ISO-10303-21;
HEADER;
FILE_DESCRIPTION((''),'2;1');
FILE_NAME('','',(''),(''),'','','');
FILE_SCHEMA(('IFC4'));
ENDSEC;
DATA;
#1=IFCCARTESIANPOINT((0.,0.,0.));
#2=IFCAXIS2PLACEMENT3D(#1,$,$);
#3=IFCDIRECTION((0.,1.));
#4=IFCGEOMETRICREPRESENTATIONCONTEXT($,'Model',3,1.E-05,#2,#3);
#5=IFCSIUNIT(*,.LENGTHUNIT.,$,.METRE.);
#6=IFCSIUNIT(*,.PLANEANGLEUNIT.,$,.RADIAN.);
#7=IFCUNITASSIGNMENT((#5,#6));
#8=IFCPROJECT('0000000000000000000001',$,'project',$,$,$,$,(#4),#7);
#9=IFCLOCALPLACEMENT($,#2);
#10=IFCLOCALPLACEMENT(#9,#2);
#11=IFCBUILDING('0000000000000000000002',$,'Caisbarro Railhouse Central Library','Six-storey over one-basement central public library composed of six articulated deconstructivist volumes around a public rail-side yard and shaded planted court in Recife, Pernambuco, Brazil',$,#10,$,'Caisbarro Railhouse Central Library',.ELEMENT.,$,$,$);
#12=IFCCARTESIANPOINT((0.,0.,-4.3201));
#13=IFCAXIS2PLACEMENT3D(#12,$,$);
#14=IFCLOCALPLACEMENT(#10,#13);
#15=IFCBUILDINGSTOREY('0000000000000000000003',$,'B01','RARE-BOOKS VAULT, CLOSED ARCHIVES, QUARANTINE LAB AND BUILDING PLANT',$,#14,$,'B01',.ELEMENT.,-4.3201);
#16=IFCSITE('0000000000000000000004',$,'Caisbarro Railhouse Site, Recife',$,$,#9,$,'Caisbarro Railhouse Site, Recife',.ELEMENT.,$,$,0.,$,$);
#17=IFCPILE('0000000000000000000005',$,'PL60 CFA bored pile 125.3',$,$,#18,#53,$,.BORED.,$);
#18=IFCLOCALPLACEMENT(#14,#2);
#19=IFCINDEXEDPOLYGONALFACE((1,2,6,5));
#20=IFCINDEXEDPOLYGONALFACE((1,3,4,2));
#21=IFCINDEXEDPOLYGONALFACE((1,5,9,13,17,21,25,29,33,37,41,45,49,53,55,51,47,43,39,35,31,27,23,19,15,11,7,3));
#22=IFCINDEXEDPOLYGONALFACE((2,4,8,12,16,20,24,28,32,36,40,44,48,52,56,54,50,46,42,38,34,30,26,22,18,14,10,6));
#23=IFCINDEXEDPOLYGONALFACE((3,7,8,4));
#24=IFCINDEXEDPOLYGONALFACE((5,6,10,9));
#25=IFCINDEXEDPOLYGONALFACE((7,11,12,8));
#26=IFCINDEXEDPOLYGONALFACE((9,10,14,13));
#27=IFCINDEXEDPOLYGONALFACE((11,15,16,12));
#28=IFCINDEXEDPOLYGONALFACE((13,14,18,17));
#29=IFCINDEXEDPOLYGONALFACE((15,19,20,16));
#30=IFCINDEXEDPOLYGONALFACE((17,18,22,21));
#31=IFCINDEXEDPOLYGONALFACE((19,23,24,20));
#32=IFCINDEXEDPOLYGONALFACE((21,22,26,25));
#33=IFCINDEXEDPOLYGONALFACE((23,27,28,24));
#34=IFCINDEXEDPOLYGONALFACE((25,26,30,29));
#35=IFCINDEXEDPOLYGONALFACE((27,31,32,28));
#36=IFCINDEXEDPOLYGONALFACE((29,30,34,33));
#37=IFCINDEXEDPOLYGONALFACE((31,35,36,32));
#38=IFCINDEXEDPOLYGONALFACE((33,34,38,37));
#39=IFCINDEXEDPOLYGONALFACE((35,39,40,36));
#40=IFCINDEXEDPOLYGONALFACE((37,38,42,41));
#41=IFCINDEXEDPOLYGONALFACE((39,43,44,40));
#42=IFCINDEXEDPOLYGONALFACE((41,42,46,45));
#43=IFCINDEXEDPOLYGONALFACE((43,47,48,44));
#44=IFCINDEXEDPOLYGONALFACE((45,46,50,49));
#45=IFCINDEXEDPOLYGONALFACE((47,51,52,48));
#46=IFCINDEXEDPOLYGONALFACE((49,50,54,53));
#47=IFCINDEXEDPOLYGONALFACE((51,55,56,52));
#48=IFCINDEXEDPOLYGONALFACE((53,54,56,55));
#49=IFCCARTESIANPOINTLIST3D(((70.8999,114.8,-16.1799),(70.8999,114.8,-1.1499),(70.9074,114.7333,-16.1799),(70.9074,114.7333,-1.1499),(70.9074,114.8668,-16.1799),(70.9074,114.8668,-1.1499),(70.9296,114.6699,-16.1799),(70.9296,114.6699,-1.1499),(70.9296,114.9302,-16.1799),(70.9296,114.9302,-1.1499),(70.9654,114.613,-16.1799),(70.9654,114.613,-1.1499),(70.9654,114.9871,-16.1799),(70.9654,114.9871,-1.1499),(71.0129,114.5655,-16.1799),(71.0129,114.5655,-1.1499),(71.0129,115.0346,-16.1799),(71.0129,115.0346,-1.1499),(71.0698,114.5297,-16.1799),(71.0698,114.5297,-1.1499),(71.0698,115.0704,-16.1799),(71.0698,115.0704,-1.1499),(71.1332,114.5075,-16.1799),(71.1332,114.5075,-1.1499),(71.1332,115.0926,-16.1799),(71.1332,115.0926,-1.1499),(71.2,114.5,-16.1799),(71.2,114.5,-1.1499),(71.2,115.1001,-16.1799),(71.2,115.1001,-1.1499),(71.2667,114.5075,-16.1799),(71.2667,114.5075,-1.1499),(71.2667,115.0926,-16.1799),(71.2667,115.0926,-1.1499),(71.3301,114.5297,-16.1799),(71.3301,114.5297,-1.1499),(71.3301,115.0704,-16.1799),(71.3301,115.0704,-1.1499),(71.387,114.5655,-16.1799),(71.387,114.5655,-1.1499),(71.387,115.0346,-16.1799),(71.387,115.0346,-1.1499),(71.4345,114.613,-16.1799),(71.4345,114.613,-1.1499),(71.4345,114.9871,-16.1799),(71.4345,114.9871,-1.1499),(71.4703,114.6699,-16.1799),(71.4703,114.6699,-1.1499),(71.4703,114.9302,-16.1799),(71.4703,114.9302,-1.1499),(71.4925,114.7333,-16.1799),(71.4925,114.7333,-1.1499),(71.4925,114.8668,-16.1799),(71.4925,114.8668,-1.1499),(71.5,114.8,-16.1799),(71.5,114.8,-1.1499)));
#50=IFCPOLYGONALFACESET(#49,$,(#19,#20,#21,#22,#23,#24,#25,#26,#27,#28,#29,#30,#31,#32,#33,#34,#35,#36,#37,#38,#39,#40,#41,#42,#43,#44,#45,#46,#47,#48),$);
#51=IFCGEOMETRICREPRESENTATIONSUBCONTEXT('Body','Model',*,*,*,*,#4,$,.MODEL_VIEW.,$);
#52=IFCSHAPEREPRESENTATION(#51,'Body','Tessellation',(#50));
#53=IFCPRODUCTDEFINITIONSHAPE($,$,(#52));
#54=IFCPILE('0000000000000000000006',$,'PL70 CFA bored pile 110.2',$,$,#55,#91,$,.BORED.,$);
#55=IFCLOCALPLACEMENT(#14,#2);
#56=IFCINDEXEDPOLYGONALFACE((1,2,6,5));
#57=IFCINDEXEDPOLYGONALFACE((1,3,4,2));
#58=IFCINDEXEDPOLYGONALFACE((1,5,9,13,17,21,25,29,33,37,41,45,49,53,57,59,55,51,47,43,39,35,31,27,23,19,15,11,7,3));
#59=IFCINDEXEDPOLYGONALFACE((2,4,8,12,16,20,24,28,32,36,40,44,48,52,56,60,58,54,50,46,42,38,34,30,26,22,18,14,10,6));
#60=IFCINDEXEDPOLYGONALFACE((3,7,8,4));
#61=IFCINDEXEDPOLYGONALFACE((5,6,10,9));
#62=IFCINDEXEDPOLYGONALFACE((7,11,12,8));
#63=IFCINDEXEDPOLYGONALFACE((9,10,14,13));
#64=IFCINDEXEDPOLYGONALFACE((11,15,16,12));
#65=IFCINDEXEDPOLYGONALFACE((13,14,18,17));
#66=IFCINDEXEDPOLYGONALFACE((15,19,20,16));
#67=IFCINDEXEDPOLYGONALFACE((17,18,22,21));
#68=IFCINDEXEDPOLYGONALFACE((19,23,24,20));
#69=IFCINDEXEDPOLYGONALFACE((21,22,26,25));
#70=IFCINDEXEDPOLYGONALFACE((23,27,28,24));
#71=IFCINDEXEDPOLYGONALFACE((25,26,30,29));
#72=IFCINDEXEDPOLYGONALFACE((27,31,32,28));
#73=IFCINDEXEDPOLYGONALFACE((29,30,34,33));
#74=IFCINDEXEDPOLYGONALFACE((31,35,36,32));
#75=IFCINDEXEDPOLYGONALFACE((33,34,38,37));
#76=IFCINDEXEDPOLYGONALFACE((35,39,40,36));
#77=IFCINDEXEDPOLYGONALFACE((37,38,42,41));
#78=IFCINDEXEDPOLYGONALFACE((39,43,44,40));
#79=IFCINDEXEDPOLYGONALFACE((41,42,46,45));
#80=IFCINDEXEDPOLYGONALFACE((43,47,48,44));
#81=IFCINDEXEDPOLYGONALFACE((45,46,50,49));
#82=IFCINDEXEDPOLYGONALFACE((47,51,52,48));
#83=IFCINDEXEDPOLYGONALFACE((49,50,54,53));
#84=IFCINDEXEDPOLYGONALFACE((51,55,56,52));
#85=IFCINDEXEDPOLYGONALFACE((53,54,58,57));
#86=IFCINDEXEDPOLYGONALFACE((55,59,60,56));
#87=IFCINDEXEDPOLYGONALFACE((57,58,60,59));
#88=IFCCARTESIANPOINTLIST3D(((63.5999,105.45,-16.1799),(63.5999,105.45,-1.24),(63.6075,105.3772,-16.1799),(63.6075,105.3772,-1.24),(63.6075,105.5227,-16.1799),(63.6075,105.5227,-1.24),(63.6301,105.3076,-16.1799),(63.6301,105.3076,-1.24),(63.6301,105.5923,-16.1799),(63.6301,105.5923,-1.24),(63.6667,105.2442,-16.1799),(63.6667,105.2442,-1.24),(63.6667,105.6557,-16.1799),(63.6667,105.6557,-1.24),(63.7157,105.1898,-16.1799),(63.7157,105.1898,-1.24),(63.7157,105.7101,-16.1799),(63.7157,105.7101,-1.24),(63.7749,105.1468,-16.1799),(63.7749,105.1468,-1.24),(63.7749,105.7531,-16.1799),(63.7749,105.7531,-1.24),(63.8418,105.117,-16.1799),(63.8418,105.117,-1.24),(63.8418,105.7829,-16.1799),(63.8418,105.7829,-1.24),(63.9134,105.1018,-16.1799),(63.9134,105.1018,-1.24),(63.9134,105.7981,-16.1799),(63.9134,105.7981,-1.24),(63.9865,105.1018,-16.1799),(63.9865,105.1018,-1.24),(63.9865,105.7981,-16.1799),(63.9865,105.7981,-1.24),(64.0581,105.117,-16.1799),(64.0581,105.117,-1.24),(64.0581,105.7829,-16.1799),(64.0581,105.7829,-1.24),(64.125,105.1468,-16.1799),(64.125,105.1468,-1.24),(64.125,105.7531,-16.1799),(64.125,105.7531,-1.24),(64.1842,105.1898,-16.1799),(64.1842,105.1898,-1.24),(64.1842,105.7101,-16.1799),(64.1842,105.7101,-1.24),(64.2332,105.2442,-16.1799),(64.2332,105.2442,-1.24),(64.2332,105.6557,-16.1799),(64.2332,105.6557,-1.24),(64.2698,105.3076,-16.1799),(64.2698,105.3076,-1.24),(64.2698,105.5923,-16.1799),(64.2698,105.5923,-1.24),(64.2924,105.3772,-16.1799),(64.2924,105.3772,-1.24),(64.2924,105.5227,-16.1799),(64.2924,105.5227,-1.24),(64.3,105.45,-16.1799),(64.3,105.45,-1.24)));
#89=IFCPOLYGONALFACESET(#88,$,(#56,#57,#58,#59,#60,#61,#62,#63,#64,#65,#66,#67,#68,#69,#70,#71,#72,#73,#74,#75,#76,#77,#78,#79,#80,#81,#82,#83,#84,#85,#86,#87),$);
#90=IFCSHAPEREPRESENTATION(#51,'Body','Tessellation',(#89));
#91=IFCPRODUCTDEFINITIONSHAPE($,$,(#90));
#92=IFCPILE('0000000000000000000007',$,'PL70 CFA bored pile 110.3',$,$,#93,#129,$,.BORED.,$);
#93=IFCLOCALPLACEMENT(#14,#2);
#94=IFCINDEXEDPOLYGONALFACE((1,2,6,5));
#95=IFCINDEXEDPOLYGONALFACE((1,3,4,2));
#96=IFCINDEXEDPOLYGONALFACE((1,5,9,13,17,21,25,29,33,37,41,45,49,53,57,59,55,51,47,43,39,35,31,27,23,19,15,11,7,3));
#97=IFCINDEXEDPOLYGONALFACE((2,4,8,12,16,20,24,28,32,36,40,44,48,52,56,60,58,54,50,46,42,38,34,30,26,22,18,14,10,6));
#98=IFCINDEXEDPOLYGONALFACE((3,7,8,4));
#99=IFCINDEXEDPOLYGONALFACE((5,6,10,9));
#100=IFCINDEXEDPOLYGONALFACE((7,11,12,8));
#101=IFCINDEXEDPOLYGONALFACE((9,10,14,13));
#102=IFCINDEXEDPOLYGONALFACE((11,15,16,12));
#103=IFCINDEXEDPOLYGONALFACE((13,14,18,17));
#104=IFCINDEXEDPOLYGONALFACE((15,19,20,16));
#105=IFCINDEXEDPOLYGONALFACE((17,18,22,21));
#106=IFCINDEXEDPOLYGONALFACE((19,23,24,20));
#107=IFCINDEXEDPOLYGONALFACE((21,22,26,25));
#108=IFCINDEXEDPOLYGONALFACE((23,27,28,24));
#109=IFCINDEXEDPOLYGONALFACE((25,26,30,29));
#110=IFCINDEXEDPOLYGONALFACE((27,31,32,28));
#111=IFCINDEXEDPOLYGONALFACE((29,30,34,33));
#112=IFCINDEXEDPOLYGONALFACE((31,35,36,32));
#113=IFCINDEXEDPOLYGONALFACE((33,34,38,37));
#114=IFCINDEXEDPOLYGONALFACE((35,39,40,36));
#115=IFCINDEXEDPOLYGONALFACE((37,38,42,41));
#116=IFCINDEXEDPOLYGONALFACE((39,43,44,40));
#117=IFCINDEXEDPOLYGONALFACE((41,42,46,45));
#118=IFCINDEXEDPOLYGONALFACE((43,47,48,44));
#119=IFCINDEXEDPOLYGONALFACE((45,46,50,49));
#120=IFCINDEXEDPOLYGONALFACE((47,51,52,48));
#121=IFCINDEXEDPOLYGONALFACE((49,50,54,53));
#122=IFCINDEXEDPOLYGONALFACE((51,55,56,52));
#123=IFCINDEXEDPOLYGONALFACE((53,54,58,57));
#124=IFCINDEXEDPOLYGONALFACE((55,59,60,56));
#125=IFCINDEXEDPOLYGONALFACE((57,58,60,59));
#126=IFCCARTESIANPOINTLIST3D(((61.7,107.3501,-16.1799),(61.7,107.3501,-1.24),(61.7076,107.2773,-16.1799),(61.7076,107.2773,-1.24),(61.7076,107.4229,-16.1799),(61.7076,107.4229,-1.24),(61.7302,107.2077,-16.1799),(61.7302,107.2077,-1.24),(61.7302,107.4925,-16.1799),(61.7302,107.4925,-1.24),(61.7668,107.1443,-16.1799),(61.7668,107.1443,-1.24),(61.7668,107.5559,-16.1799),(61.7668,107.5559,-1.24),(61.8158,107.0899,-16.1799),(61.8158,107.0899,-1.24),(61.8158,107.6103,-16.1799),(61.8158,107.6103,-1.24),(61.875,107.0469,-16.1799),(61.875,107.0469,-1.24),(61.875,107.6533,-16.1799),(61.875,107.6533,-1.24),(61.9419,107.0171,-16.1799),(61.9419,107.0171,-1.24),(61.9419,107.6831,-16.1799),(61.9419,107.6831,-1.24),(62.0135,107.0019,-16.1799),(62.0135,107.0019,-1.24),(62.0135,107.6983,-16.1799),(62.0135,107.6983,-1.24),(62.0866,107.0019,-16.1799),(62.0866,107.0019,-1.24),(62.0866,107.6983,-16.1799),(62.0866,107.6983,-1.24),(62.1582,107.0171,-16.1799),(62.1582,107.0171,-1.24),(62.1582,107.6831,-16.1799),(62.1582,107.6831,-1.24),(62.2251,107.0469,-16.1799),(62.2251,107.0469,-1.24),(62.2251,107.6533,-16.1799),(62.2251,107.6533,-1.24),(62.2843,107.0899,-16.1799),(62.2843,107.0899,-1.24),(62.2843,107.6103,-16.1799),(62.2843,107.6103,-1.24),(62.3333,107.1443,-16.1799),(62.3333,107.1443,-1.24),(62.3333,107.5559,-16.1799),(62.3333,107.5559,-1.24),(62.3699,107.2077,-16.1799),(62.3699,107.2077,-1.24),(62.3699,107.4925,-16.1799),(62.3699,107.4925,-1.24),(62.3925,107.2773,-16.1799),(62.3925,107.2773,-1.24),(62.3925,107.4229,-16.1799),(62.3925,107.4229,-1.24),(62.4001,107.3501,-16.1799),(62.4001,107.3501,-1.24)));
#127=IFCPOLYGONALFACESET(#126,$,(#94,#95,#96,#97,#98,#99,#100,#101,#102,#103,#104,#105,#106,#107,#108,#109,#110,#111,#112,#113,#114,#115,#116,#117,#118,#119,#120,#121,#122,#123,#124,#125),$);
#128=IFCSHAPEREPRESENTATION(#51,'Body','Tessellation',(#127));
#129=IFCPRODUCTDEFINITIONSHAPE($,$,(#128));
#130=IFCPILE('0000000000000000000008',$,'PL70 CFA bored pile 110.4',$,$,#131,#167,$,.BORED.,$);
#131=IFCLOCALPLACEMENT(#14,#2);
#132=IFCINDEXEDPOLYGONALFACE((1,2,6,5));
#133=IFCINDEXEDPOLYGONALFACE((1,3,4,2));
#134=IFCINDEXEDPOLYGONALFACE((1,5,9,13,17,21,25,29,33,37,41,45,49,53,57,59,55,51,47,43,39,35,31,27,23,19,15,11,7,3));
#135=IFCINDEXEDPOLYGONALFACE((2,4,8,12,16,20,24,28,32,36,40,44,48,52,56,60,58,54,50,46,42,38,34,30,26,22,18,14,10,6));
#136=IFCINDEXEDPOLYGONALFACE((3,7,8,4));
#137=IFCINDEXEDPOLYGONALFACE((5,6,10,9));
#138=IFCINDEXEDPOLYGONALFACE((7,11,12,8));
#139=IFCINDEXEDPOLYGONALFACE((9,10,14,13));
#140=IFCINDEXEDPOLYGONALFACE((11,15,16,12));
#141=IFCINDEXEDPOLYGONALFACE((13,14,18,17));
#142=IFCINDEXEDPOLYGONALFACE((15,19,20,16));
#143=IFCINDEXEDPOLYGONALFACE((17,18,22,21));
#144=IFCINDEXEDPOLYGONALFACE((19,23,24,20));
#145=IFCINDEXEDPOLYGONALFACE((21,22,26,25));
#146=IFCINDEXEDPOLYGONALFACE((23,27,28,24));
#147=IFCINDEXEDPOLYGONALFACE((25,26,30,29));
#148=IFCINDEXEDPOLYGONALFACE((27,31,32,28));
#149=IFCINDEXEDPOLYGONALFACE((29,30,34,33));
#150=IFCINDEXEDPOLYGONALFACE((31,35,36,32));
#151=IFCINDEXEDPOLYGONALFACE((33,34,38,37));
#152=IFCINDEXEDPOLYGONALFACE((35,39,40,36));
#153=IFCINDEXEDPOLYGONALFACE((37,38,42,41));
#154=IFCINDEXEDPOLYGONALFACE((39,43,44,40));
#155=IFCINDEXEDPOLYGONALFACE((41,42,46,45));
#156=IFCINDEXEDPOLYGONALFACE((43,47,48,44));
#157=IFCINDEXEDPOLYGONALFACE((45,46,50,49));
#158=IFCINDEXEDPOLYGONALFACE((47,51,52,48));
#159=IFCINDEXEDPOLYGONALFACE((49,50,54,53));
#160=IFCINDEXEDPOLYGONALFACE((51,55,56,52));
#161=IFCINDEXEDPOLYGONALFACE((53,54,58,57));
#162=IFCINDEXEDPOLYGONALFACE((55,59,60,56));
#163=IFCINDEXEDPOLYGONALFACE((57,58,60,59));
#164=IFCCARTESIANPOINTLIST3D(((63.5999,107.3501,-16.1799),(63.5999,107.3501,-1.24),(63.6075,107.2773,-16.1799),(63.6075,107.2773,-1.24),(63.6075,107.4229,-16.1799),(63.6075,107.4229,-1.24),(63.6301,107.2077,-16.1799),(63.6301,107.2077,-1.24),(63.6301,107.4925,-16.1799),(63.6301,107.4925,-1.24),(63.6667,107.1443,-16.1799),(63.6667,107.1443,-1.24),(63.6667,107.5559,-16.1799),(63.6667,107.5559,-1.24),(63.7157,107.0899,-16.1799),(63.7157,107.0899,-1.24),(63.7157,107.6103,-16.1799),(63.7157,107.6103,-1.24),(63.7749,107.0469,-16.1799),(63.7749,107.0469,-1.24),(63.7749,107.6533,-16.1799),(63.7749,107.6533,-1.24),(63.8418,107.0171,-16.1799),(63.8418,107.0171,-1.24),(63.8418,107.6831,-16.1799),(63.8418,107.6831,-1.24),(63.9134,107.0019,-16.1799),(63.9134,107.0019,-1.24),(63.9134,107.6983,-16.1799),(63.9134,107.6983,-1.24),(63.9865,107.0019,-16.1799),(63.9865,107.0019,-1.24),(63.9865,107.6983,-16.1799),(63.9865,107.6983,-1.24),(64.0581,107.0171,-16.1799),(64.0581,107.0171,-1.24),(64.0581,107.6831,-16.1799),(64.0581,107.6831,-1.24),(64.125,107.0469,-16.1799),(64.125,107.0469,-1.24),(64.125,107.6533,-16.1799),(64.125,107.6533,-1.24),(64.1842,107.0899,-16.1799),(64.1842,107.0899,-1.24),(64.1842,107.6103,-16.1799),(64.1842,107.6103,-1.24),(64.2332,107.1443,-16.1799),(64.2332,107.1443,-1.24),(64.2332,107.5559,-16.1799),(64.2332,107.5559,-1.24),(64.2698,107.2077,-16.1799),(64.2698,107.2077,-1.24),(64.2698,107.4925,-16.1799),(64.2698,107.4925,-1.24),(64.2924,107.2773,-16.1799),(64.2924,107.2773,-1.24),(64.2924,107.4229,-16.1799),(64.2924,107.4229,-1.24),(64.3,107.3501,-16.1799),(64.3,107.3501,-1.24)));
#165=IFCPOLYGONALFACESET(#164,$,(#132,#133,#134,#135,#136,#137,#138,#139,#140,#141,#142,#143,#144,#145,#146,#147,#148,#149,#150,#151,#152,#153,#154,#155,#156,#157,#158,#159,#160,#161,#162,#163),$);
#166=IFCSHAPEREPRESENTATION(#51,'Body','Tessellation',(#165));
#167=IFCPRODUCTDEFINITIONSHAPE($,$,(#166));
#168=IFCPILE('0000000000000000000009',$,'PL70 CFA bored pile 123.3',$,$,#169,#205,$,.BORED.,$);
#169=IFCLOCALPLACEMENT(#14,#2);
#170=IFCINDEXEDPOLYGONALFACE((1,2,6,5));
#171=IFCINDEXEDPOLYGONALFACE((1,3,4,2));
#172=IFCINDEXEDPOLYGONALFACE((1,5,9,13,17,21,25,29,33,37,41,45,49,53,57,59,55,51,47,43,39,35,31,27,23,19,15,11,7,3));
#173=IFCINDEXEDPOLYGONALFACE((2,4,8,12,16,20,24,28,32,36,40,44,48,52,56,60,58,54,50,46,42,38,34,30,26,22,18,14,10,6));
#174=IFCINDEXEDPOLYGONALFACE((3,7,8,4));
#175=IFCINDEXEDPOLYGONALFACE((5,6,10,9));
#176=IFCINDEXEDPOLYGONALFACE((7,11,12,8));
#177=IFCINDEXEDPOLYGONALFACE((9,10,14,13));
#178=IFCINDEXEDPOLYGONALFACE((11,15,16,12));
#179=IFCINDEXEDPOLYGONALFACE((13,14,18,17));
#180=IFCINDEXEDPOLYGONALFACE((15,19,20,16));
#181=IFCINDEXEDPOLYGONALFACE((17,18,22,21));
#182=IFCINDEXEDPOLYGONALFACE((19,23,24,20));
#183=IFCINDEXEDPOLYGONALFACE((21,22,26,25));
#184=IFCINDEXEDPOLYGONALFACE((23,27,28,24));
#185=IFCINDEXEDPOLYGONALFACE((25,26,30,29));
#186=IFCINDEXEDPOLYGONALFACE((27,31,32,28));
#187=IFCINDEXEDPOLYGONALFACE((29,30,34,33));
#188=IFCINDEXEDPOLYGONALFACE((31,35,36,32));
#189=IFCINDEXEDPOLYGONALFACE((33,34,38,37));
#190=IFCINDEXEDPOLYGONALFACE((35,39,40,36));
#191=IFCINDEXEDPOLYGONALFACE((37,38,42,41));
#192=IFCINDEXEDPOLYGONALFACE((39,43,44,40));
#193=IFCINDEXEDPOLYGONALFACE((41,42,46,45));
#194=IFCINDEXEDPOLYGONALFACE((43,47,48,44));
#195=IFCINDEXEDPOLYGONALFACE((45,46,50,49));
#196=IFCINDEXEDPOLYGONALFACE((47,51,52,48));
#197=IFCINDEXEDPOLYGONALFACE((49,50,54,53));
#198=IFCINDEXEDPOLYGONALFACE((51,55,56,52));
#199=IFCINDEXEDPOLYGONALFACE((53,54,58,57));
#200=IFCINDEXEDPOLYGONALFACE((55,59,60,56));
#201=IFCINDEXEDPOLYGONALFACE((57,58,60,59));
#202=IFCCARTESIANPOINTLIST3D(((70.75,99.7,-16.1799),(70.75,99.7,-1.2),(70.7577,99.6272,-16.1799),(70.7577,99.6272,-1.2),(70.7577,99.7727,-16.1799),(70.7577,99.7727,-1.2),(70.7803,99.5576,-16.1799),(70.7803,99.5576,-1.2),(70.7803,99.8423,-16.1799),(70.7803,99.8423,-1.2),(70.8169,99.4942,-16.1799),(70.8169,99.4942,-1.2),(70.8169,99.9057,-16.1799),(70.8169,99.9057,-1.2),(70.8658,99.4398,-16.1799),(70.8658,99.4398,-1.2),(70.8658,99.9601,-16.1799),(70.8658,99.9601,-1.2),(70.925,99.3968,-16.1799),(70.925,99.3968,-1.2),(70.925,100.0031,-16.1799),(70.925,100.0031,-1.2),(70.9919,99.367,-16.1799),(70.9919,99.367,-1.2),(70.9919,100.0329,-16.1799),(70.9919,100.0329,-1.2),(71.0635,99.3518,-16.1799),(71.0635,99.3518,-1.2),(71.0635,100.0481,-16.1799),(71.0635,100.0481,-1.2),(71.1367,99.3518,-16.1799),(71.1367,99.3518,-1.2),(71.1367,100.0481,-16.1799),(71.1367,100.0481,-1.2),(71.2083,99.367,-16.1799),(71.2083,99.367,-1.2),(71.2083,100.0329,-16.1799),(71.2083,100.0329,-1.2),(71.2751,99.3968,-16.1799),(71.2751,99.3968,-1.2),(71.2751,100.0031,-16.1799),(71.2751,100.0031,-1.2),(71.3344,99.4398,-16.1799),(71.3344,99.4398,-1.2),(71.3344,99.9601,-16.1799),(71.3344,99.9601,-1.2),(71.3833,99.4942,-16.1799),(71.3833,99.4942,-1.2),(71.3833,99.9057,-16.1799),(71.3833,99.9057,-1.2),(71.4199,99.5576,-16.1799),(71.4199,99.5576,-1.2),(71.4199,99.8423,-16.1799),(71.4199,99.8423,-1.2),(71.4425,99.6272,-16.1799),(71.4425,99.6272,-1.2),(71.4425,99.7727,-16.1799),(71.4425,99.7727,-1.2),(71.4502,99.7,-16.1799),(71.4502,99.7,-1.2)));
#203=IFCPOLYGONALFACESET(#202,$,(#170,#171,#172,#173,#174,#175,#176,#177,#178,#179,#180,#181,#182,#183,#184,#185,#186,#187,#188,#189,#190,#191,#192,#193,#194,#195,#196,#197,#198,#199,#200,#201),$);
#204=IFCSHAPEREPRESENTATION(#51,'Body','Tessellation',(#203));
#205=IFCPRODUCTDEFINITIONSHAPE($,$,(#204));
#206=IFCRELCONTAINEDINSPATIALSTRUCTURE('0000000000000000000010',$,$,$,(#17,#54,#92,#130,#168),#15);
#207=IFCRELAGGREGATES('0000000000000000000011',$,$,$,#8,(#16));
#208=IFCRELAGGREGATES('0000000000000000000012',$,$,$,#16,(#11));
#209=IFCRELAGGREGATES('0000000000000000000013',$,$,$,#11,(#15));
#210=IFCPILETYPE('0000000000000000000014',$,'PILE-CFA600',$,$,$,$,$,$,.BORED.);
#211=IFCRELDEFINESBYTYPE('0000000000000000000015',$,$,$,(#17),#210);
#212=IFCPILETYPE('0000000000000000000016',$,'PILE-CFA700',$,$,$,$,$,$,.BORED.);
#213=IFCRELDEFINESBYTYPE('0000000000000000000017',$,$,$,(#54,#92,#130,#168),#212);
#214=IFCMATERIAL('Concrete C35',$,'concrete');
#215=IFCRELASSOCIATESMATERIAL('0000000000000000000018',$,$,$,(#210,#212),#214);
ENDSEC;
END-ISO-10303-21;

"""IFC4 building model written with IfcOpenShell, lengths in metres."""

from ifc_helpers import new_model, si_unit, direction, frame, origin, origin_2d, place, context, subcontext, project, spatial, circle, extrude, material, material_profile, profile_set, type_object, element, save


model = new_model("IFC4")

# Units and contexts
model_context = context("Model", 3, precision=1e-05, world=origin(), true_north=direction((0.0, 1.0)))
body_context = subcontext(model_context, "Body", "Model", "MODEL_VIEW")
ifc_project = project(units=[si_unit("LENGTHUNIT", "METRE"), si_unit("PLANEANGLEUNIT", "RADIAN")], contexts=[model_context])

# Site, building, storey
site_placement = place(None, origin())
site = spatial("IfcSite", under=ifc_project, at=site_placement, Name="Caisbarro Railhouse Site, Recife", LongName="Caisbarro Railhouse Site, Recife", CompositionType="ELEMENT", RefElevation=0.0)
building_placement = place(site_placement, origin())
building = spatial("IfcBuilding", under=site, at=building_placement, Name="Caisbarro Railhouse Central Library", Description="Six-storey over one-basement central public library composed of six articulated deconstructivist volumes around a public rail-side yard and shaded planted court in Recife, Pernambuco, Brazil", LongName="Caisbarro Railhouse Central Library", CompositionType="ELEMENT")
storey_placement = place(building_placement, frame((0.0, 0.0, -4.3201)))
storey = spatial("IfcBuildingStorey", under=building, at=storey_placement, Name="B01", Description="RARE-BOOKS VAULT, CLOSED ARCHIVES, QUARANTINE LAB AND BUILDING PLANT", LongName="B01", CompositionType="ELEMENT", Elevation=-4.3201)

# Shared definitions
ifc_material_1 = material(Name="Concrete C35", Category="concrete")

# Piles
ifc_material_profile_1 = material_profile(ifc_material_1, circle(Radius=0.3, at=origin_2d()), Name="PILE-CFA-600")
ifc_profile_set_1 = profile_set([ifc_material_profile_1], Name="Concrete C35")
pile_type_1 = type_object("IfcPileType", Name="PILE-CFA600", PredefinedType="BORED", material=ifc_profile_set_1)
for number, where, z_axis, x_axis, name in (
    (1, (71.2, 114.8, -1.1499), (0.0, 0.0, -1.0), (1.0, 0.0, 0.0), "PL60 CFA bored pile 125.3"),
):
    element("IfcPile", number, at=place(storey_placement, frame(where, z_axis=z_axis, x_axis=x_axis)), inside=storey, type_object=pile_type_1, Name=name, PredefinedType="BORED", context=body_context, shape_type="SweptSolid", body=[
        extrude(circle(Radius=0.3, at=origin_2d()), origin(), (0.0, 0.0, 1.0), 15.03),
    ])
ifc_material_profile_2 = material_profile(ifc_material_1, circle(Radius=0.3501, at=origin_2d()), Name="PILE-CFA-700")
ifc_profile_set_2 = profile_set([ifc_material_profile_2], Name="Concrete C35")
pile_type_2 = type_object("IfcPileType", Name="PILE-CFA700", PredefinedType="BORED", material=ifc_profile_set_2)
for number, where, z_axis, x_axis, name in (
    (2, (63.95, 105.45, -1.24), (0.0, 0.0, -1.0), (1.0, 0.0, 0.0), "PL70 CFA bored pile 110.2"),
    (3, (62.05, 107.3501, -1.24), (0.0, 0.0, -1.0), (1.0, 0.0, 0.0), "PL70 CFA bored pile 110.3"),
    (4, (63.95, 107.3501, -1.24), (0.0, 0.0, -1.0), (1.0, 0.0, 0.0), "PL70 CFA bored pile 110.4"),
):
    element("IfcPile", number, at=place(storey_placement, frame(where, z_axis=z_axis, x_axis=x_axis)), inside=storey, type_object=pile_type_2, Name=name, PredefinedType="BORED", context=body_context, shape_type="SweptSolid", body=[
        extrude(circle(Radius=0.3501, at=origin_2d()), origin(), (0.0, 0.0, 1.0), 14.9399),
    ])
pile_placement = place(storey_placement, frame((71.1001, 99.7, -1.2), z_axis=(0.0, 0.0, -1.0), x_axis=(1.0, 0.0, 0.0)))
element("IfcPile", 5, at=pile_placement, inside=storey, type_object=pile_type_2, Name="PL70 CFA bored pile 123.3", PredefinedType="BORED", context=body_context, shape_type="SweptSolid", body=[
    extrude(circle(Radius=0.3501, at=origin_2d()), origin(), (0.0, 0.0, 1.0), 14.98),
])

save(model, "model.ifc")
